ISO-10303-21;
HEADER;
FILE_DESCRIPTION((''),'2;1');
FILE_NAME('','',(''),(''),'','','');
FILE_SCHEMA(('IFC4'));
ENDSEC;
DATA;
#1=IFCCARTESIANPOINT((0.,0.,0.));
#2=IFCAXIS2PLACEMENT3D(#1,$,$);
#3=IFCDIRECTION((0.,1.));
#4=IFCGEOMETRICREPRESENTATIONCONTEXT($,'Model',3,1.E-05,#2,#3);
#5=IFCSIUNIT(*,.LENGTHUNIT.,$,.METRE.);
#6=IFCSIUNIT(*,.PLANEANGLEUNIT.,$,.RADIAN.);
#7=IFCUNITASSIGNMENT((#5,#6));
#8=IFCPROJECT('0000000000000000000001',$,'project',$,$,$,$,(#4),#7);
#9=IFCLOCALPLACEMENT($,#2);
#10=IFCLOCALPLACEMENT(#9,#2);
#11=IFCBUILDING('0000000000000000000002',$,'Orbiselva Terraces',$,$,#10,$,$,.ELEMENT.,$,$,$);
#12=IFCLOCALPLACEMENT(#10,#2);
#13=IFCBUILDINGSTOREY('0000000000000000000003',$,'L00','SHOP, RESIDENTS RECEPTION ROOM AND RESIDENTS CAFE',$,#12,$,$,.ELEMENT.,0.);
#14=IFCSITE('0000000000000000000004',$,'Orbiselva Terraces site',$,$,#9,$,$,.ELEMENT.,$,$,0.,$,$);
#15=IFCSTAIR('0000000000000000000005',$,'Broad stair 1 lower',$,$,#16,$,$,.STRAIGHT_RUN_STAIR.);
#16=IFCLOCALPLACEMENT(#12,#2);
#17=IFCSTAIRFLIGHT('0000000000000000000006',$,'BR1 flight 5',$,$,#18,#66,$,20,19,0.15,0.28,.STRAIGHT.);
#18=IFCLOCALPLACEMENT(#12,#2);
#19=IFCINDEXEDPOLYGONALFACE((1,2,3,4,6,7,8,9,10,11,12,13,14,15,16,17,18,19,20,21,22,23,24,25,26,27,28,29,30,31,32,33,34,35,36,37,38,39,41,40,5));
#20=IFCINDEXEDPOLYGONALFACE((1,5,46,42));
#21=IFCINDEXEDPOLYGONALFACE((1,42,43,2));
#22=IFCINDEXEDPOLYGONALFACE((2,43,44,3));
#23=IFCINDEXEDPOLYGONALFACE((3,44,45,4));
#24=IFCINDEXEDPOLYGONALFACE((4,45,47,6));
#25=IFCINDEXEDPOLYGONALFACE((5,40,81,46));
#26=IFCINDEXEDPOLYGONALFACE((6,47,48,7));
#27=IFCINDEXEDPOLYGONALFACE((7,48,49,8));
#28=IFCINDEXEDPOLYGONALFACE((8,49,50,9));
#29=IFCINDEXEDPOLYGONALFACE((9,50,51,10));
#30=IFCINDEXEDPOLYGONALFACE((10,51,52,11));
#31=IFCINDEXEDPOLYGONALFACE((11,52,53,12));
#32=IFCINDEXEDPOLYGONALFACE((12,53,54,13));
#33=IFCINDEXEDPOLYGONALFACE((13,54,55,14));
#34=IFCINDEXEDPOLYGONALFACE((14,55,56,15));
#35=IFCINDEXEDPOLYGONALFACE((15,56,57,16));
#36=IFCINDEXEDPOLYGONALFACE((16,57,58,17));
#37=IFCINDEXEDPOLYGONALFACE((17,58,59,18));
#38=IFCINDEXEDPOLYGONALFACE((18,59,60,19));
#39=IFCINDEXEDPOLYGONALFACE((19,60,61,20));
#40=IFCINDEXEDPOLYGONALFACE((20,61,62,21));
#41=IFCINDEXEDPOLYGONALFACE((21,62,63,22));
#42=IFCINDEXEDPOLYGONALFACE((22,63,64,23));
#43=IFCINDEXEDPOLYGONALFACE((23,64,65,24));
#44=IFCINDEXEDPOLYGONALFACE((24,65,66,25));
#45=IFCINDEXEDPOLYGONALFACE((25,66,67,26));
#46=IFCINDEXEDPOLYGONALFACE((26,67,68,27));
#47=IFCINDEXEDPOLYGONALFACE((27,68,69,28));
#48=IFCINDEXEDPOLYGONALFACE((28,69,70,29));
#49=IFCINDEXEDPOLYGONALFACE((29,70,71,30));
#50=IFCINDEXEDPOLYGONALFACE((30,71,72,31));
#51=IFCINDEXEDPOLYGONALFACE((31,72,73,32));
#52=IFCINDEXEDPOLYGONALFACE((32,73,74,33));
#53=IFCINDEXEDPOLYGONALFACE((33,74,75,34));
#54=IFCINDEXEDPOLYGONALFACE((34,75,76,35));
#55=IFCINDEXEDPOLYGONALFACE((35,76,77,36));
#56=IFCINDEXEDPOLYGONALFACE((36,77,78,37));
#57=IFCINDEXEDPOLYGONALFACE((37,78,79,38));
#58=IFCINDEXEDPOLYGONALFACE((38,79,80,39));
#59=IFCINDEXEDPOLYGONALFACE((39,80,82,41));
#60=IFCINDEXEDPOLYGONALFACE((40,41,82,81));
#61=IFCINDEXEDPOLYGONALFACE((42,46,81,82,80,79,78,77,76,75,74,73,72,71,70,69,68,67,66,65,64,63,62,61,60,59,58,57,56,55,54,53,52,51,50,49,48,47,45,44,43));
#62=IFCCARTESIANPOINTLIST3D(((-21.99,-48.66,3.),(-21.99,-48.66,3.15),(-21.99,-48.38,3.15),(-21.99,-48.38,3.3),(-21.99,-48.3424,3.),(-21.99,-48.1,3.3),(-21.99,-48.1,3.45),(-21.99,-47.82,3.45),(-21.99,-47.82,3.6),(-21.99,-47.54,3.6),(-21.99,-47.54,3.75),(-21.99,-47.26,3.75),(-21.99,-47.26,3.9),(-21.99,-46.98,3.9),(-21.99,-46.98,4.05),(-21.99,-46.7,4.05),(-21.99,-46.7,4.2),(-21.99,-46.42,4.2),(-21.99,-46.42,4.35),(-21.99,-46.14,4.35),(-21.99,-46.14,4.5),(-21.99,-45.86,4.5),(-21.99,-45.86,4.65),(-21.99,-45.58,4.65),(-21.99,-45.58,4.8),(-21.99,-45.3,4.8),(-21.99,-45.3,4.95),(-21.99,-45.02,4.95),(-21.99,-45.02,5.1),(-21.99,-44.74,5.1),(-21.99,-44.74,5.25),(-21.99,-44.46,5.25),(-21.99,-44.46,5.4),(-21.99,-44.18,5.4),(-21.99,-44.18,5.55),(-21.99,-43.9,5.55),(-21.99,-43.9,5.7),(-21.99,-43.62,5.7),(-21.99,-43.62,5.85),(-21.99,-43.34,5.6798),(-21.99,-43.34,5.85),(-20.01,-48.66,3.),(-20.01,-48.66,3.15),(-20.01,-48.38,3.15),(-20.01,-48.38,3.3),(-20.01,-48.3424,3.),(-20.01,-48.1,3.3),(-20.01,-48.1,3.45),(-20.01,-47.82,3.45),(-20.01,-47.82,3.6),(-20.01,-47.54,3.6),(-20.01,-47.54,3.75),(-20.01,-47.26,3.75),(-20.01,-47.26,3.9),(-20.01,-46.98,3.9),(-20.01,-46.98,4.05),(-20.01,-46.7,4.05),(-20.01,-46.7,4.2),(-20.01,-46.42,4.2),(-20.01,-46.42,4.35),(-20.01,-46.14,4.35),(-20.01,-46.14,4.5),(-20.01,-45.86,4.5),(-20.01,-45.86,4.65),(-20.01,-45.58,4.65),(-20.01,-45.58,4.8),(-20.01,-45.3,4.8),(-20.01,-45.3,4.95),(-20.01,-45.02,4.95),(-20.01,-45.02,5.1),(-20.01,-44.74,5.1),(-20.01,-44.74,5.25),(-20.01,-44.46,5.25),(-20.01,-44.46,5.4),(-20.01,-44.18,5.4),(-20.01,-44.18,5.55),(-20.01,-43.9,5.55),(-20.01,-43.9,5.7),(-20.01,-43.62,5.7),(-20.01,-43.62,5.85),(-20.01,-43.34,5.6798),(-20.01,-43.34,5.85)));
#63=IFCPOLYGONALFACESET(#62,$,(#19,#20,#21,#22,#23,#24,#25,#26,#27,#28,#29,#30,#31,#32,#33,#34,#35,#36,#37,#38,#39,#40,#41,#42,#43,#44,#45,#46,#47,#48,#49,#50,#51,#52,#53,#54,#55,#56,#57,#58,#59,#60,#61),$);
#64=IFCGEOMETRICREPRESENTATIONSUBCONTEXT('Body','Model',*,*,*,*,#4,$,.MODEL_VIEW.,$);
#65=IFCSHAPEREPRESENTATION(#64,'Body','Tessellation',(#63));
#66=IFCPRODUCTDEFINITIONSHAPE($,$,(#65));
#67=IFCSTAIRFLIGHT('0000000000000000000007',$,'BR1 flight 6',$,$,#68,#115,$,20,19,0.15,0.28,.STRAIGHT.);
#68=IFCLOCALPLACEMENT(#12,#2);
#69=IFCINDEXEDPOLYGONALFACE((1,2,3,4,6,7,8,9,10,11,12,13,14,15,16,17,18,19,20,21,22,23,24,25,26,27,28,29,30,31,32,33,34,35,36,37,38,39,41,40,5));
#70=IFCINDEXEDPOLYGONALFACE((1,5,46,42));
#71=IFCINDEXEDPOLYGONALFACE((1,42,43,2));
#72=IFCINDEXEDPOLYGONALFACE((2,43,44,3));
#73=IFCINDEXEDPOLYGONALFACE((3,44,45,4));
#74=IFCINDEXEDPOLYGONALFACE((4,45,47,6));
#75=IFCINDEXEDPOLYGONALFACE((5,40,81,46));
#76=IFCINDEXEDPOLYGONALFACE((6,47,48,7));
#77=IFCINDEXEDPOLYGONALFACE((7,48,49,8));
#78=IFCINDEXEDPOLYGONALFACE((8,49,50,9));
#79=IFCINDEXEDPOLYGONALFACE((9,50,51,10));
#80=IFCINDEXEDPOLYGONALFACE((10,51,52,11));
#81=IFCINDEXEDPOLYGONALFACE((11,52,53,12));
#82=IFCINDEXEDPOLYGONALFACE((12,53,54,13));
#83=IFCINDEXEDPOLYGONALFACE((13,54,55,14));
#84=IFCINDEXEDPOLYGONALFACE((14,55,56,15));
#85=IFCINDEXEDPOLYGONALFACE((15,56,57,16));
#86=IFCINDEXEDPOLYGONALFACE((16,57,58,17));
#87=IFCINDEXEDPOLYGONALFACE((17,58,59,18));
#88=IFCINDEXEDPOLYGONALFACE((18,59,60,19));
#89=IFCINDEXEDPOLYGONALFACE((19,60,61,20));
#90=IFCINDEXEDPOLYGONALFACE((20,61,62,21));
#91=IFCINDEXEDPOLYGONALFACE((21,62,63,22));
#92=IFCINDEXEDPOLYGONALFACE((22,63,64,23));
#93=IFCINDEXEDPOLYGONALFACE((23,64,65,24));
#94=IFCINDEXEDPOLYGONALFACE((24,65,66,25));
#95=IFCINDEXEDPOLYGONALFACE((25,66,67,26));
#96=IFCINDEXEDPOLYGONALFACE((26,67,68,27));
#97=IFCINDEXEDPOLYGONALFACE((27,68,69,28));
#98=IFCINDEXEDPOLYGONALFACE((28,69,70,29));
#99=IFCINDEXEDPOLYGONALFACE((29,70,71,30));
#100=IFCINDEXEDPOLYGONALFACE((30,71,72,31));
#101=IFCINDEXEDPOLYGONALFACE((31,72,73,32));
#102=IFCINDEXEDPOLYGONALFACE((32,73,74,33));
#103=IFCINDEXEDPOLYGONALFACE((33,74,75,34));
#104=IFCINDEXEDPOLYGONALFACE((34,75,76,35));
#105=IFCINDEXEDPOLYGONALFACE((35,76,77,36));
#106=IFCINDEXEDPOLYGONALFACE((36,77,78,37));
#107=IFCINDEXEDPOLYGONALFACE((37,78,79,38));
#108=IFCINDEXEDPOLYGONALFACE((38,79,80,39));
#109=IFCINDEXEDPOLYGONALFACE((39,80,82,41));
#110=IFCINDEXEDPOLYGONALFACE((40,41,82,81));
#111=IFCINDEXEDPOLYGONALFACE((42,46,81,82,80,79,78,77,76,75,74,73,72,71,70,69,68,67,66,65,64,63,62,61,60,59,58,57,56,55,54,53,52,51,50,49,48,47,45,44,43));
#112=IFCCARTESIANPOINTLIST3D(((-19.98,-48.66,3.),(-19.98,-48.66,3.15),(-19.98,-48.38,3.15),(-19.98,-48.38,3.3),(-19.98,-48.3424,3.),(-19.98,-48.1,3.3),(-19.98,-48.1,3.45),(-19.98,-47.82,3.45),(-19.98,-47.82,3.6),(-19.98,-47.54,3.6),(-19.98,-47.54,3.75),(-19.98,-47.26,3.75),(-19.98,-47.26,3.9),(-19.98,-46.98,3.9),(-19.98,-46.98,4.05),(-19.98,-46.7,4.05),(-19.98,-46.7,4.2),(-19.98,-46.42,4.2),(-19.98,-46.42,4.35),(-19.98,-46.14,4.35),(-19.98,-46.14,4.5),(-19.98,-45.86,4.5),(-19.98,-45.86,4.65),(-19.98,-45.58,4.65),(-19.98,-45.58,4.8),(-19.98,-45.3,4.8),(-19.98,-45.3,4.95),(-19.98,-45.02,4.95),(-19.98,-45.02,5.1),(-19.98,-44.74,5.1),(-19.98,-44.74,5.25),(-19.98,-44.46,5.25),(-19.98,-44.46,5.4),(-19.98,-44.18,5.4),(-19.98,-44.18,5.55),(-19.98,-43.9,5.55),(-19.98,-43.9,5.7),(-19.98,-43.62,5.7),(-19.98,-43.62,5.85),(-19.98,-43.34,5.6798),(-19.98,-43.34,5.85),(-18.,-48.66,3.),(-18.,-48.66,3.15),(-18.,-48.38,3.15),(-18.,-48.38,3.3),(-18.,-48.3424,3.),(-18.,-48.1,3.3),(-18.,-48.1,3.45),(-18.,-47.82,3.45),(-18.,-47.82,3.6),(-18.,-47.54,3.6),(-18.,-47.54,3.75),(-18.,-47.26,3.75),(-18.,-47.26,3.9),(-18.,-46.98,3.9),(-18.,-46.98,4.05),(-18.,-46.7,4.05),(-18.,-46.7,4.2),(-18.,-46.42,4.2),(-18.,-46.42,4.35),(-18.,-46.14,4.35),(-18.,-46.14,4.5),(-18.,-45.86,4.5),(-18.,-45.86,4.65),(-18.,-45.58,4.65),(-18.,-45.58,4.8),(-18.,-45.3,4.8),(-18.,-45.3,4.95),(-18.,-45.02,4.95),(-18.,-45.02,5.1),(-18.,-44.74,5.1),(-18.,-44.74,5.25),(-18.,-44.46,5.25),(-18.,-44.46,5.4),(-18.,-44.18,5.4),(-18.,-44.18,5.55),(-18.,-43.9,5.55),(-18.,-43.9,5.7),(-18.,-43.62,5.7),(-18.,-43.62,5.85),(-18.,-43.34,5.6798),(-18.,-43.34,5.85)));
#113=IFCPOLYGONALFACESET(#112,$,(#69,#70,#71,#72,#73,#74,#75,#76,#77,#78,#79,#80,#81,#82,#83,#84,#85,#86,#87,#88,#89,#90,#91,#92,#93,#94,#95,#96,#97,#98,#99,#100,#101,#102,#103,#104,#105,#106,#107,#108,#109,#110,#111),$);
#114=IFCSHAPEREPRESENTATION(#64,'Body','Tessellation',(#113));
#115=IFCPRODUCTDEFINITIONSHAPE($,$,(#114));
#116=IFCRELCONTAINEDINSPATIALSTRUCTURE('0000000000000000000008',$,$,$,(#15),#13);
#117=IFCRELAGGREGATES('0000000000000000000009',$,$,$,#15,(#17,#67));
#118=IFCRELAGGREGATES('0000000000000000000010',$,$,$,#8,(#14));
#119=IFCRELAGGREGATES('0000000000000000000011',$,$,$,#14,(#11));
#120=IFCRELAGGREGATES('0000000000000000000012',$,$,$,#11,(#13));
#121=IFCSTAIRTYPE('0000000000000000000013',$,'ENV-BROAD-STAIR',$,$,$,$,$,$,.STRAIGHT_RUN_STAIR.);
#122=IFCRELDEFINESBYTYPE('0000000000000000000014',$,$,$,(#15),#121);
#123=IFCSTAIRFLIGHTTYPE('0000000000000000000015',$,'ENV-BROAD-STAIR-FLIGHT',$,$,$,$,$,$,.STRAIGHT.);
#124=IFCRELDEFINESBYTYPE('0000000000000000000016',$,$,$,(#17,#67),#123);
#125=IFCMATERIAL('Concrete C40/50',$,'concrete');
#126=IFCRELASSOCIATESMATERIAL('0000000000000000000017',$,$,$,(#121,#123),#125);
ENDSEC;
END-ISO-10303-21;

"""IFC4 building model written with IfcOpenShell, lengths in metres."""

from ifc_helpers import new_model, si_unit, direction, frame, origin, place, context, subcontext, project, spatial, polyline, outline, extrude, material, type_object, element, aggregate, save


model = new_model("IFC4")

# Units and contexts
model_context = context("Model", 3, precision=1e-05, world=origin(), true_north=direction((0.0, 1.0)))
body_context = subcontext(model_context, "Body", "Model", "MODEL_VIEW")
ifc_project = project(units=[si_unit("LENGTHUNIT", "METRE"), si_unit("PLANEANGLEUNIT", "RADIAN")], contexts=[model_context])

# Site, building, storey
site_placement = place(None, origin())
site = spatial("IfcSite", under=ifc_project, at=site_placement, Name="Orbiselva Terraces site", CompositionType="ELEMENT", RefElevation=0.0)
building_placement = place(site_placement, origin())
building = spatial("IfcBuilding", under=site, at=building_placement, Name="Orbiselva Terraces", CompositionType="ELEMENT")
storey_placement = place(building_placement, origin())
storey = spatial("IfcBuildingStorey", under=building, at=storey_placement, Name="L00", Description="SHOP, RESIDENTS RECEPTION ROOM AND RESIDENTS CAFE", CompositionType="ELEMENT", Elevation=0.0)

# Shared definitions
ifc_material_1 = material(Name="Concrete C40/50", Category="concrete")

# Stair, stair flights
stair_type = type_object("IfcStairType", Name="ENV-BROAD-STAIR", PredefinedType="STRAIGHT_RUN_STAIR", material=ifc_material_1)
stair_placement = place(storey_placement, origin())
stair = element("IfcStair", 1, at=stair_placement, inside=storey, type_object=stair_type, Name="Broad stair 1 lower", PredefinedType="STRAIGHT_RUN_STAIR")
stair_flight_type = type_object("IfcStairFlightType", Name="ENV-BROAD-STAIR-FLIGHT", PredefinedType="STRAIGHT", material=ifc_material_1)
stair_flight_1_placement = place(storey_placement, frame((-21.0, -48.66, 3.0), z_axis=(0.0, 0.0, 1.0), x_axis=(0.0, 1.0, 0.0)))
stair_flight_1 = element("IfcStairFlight", 2, at=stair_flight_1_placement, type_object=stair_flight_type, Name="BR1 flight 5", NumberOfRisers=20, NumberOfTreads=19, PredefinedType="STRAIGHT", RiserHeight=0.15, TreadLength=0.28, context=body_context, shape_type="SweptSolid", body=[
    extrude(outline(polyline([(0.0, 0.0), (0.0, 0.15), (0.28, 0.15), (0.28, 0.3), (0.56, 0.3), (0.56, 0.45), (0.84, 0.45), (0.84, 0.6), (1.12, 0.6), (1.12, 0.75), (1.4, 0.75), (1.4, 0.9), (1.68, 0.9), (1.68, 1.05), (1.96, 1.05), (1.96, 1.2), (2.24, 1.2), (2.24, 1.35), (2.52, 1.35), (2.52, 1.5), (2.8, 1.5), (2.8, 1.65), (3.08, 1.65), (3.08, 1.8), (3.36, 1.8), (3.36, 1.95), (3.64, 1.95), (3.64, 2.1), (3.92, 2.1), (3.92, 2.25), (4.2, 2.25), (4.2, 2.4), (4.48, 2.4), (4.48, 2.55), (4.76, 2.55), (4.76, 2.7), (5.04, 2.7), (5.04, 2.85), (5.32, 2.85), (5.32, 3.0), (5.32, 2.6798), (0.3176, 0.0), (0.0, 0.0)])), frame((0.0, 0.99, 0.0), z_axis=(0.0, -1.0, 0.0), x_axis=(1.0, 0.0, 0.0)), (0.0, 0.0, 1.0), 1.98),
])
stair_flight_2_placement = place(storey_placement, frame((-18.99, -48.66, 3.0), z_axis=(0.0, 0.0, 1.0), x_axis=(0.0, 1.0, 0.0)))
stair_flight_2 = element("IfcStairFlight", 3, at=stair_flight_2_placement, type_object=stair_flight_type, Name="BR1 flight 6", NumberOfRisers=20, NumberOfTreads=19, PredefinedType="STRAIGHT", RiserHeight=0.15, TreadLength=0.28, context=body_context, shape_type="SweptSolid", body=[
    extrude(outline(polyline([(0.0, 0.0), (0.0, 0.15), (0.28, 0.15), (0.28, 0.3), (0.56, 0.3), (0.56, 0.45), (0.84, 0.45), (0.84, 0.6), (1.12, 0.6), (1.12, 0.75), (1.4, 0.75), (1.4, 0.9), (1.68, 0.9), (1.68, 1.05), (1.96, 1.05), (1.96, 1.2), (2.24, 1.2), (2.24, 1.35), (2.52, 1.35), (2.52, 1.5), (2.8, 1.5), (2.8, 1.65), (3.08, 1.65), (3.08, 1.8), (3.36, 1.8), (3.36, 1.95), (3.64, 1.95), (3.64, 2.1), (3.92, 2.1), (3.92, 2.25), (4.2, 2.25), (4.2, 2.4), (4.48, 2.4), (4.48, 2.55), (4.76, 2.55), (4.76, 2.7), (5.04, 2.7), (5.04, 2.85), (5.32, 2.85), (5.32, 3.0), (5.32, 2.6798), (0.3176, 0.0), (0.0, 0.0)])), frame((0.0, 0.99, 0.0), z_axis=(0.0, -1.0, 0.0), x_axis=(1.0, 0.0, 0.0)), (0.0, 0.0, 1.0), 1.98),
])
aggregate(stair, [stair_flight_1, stair_flight_2])

save(model, "model.ifc")
